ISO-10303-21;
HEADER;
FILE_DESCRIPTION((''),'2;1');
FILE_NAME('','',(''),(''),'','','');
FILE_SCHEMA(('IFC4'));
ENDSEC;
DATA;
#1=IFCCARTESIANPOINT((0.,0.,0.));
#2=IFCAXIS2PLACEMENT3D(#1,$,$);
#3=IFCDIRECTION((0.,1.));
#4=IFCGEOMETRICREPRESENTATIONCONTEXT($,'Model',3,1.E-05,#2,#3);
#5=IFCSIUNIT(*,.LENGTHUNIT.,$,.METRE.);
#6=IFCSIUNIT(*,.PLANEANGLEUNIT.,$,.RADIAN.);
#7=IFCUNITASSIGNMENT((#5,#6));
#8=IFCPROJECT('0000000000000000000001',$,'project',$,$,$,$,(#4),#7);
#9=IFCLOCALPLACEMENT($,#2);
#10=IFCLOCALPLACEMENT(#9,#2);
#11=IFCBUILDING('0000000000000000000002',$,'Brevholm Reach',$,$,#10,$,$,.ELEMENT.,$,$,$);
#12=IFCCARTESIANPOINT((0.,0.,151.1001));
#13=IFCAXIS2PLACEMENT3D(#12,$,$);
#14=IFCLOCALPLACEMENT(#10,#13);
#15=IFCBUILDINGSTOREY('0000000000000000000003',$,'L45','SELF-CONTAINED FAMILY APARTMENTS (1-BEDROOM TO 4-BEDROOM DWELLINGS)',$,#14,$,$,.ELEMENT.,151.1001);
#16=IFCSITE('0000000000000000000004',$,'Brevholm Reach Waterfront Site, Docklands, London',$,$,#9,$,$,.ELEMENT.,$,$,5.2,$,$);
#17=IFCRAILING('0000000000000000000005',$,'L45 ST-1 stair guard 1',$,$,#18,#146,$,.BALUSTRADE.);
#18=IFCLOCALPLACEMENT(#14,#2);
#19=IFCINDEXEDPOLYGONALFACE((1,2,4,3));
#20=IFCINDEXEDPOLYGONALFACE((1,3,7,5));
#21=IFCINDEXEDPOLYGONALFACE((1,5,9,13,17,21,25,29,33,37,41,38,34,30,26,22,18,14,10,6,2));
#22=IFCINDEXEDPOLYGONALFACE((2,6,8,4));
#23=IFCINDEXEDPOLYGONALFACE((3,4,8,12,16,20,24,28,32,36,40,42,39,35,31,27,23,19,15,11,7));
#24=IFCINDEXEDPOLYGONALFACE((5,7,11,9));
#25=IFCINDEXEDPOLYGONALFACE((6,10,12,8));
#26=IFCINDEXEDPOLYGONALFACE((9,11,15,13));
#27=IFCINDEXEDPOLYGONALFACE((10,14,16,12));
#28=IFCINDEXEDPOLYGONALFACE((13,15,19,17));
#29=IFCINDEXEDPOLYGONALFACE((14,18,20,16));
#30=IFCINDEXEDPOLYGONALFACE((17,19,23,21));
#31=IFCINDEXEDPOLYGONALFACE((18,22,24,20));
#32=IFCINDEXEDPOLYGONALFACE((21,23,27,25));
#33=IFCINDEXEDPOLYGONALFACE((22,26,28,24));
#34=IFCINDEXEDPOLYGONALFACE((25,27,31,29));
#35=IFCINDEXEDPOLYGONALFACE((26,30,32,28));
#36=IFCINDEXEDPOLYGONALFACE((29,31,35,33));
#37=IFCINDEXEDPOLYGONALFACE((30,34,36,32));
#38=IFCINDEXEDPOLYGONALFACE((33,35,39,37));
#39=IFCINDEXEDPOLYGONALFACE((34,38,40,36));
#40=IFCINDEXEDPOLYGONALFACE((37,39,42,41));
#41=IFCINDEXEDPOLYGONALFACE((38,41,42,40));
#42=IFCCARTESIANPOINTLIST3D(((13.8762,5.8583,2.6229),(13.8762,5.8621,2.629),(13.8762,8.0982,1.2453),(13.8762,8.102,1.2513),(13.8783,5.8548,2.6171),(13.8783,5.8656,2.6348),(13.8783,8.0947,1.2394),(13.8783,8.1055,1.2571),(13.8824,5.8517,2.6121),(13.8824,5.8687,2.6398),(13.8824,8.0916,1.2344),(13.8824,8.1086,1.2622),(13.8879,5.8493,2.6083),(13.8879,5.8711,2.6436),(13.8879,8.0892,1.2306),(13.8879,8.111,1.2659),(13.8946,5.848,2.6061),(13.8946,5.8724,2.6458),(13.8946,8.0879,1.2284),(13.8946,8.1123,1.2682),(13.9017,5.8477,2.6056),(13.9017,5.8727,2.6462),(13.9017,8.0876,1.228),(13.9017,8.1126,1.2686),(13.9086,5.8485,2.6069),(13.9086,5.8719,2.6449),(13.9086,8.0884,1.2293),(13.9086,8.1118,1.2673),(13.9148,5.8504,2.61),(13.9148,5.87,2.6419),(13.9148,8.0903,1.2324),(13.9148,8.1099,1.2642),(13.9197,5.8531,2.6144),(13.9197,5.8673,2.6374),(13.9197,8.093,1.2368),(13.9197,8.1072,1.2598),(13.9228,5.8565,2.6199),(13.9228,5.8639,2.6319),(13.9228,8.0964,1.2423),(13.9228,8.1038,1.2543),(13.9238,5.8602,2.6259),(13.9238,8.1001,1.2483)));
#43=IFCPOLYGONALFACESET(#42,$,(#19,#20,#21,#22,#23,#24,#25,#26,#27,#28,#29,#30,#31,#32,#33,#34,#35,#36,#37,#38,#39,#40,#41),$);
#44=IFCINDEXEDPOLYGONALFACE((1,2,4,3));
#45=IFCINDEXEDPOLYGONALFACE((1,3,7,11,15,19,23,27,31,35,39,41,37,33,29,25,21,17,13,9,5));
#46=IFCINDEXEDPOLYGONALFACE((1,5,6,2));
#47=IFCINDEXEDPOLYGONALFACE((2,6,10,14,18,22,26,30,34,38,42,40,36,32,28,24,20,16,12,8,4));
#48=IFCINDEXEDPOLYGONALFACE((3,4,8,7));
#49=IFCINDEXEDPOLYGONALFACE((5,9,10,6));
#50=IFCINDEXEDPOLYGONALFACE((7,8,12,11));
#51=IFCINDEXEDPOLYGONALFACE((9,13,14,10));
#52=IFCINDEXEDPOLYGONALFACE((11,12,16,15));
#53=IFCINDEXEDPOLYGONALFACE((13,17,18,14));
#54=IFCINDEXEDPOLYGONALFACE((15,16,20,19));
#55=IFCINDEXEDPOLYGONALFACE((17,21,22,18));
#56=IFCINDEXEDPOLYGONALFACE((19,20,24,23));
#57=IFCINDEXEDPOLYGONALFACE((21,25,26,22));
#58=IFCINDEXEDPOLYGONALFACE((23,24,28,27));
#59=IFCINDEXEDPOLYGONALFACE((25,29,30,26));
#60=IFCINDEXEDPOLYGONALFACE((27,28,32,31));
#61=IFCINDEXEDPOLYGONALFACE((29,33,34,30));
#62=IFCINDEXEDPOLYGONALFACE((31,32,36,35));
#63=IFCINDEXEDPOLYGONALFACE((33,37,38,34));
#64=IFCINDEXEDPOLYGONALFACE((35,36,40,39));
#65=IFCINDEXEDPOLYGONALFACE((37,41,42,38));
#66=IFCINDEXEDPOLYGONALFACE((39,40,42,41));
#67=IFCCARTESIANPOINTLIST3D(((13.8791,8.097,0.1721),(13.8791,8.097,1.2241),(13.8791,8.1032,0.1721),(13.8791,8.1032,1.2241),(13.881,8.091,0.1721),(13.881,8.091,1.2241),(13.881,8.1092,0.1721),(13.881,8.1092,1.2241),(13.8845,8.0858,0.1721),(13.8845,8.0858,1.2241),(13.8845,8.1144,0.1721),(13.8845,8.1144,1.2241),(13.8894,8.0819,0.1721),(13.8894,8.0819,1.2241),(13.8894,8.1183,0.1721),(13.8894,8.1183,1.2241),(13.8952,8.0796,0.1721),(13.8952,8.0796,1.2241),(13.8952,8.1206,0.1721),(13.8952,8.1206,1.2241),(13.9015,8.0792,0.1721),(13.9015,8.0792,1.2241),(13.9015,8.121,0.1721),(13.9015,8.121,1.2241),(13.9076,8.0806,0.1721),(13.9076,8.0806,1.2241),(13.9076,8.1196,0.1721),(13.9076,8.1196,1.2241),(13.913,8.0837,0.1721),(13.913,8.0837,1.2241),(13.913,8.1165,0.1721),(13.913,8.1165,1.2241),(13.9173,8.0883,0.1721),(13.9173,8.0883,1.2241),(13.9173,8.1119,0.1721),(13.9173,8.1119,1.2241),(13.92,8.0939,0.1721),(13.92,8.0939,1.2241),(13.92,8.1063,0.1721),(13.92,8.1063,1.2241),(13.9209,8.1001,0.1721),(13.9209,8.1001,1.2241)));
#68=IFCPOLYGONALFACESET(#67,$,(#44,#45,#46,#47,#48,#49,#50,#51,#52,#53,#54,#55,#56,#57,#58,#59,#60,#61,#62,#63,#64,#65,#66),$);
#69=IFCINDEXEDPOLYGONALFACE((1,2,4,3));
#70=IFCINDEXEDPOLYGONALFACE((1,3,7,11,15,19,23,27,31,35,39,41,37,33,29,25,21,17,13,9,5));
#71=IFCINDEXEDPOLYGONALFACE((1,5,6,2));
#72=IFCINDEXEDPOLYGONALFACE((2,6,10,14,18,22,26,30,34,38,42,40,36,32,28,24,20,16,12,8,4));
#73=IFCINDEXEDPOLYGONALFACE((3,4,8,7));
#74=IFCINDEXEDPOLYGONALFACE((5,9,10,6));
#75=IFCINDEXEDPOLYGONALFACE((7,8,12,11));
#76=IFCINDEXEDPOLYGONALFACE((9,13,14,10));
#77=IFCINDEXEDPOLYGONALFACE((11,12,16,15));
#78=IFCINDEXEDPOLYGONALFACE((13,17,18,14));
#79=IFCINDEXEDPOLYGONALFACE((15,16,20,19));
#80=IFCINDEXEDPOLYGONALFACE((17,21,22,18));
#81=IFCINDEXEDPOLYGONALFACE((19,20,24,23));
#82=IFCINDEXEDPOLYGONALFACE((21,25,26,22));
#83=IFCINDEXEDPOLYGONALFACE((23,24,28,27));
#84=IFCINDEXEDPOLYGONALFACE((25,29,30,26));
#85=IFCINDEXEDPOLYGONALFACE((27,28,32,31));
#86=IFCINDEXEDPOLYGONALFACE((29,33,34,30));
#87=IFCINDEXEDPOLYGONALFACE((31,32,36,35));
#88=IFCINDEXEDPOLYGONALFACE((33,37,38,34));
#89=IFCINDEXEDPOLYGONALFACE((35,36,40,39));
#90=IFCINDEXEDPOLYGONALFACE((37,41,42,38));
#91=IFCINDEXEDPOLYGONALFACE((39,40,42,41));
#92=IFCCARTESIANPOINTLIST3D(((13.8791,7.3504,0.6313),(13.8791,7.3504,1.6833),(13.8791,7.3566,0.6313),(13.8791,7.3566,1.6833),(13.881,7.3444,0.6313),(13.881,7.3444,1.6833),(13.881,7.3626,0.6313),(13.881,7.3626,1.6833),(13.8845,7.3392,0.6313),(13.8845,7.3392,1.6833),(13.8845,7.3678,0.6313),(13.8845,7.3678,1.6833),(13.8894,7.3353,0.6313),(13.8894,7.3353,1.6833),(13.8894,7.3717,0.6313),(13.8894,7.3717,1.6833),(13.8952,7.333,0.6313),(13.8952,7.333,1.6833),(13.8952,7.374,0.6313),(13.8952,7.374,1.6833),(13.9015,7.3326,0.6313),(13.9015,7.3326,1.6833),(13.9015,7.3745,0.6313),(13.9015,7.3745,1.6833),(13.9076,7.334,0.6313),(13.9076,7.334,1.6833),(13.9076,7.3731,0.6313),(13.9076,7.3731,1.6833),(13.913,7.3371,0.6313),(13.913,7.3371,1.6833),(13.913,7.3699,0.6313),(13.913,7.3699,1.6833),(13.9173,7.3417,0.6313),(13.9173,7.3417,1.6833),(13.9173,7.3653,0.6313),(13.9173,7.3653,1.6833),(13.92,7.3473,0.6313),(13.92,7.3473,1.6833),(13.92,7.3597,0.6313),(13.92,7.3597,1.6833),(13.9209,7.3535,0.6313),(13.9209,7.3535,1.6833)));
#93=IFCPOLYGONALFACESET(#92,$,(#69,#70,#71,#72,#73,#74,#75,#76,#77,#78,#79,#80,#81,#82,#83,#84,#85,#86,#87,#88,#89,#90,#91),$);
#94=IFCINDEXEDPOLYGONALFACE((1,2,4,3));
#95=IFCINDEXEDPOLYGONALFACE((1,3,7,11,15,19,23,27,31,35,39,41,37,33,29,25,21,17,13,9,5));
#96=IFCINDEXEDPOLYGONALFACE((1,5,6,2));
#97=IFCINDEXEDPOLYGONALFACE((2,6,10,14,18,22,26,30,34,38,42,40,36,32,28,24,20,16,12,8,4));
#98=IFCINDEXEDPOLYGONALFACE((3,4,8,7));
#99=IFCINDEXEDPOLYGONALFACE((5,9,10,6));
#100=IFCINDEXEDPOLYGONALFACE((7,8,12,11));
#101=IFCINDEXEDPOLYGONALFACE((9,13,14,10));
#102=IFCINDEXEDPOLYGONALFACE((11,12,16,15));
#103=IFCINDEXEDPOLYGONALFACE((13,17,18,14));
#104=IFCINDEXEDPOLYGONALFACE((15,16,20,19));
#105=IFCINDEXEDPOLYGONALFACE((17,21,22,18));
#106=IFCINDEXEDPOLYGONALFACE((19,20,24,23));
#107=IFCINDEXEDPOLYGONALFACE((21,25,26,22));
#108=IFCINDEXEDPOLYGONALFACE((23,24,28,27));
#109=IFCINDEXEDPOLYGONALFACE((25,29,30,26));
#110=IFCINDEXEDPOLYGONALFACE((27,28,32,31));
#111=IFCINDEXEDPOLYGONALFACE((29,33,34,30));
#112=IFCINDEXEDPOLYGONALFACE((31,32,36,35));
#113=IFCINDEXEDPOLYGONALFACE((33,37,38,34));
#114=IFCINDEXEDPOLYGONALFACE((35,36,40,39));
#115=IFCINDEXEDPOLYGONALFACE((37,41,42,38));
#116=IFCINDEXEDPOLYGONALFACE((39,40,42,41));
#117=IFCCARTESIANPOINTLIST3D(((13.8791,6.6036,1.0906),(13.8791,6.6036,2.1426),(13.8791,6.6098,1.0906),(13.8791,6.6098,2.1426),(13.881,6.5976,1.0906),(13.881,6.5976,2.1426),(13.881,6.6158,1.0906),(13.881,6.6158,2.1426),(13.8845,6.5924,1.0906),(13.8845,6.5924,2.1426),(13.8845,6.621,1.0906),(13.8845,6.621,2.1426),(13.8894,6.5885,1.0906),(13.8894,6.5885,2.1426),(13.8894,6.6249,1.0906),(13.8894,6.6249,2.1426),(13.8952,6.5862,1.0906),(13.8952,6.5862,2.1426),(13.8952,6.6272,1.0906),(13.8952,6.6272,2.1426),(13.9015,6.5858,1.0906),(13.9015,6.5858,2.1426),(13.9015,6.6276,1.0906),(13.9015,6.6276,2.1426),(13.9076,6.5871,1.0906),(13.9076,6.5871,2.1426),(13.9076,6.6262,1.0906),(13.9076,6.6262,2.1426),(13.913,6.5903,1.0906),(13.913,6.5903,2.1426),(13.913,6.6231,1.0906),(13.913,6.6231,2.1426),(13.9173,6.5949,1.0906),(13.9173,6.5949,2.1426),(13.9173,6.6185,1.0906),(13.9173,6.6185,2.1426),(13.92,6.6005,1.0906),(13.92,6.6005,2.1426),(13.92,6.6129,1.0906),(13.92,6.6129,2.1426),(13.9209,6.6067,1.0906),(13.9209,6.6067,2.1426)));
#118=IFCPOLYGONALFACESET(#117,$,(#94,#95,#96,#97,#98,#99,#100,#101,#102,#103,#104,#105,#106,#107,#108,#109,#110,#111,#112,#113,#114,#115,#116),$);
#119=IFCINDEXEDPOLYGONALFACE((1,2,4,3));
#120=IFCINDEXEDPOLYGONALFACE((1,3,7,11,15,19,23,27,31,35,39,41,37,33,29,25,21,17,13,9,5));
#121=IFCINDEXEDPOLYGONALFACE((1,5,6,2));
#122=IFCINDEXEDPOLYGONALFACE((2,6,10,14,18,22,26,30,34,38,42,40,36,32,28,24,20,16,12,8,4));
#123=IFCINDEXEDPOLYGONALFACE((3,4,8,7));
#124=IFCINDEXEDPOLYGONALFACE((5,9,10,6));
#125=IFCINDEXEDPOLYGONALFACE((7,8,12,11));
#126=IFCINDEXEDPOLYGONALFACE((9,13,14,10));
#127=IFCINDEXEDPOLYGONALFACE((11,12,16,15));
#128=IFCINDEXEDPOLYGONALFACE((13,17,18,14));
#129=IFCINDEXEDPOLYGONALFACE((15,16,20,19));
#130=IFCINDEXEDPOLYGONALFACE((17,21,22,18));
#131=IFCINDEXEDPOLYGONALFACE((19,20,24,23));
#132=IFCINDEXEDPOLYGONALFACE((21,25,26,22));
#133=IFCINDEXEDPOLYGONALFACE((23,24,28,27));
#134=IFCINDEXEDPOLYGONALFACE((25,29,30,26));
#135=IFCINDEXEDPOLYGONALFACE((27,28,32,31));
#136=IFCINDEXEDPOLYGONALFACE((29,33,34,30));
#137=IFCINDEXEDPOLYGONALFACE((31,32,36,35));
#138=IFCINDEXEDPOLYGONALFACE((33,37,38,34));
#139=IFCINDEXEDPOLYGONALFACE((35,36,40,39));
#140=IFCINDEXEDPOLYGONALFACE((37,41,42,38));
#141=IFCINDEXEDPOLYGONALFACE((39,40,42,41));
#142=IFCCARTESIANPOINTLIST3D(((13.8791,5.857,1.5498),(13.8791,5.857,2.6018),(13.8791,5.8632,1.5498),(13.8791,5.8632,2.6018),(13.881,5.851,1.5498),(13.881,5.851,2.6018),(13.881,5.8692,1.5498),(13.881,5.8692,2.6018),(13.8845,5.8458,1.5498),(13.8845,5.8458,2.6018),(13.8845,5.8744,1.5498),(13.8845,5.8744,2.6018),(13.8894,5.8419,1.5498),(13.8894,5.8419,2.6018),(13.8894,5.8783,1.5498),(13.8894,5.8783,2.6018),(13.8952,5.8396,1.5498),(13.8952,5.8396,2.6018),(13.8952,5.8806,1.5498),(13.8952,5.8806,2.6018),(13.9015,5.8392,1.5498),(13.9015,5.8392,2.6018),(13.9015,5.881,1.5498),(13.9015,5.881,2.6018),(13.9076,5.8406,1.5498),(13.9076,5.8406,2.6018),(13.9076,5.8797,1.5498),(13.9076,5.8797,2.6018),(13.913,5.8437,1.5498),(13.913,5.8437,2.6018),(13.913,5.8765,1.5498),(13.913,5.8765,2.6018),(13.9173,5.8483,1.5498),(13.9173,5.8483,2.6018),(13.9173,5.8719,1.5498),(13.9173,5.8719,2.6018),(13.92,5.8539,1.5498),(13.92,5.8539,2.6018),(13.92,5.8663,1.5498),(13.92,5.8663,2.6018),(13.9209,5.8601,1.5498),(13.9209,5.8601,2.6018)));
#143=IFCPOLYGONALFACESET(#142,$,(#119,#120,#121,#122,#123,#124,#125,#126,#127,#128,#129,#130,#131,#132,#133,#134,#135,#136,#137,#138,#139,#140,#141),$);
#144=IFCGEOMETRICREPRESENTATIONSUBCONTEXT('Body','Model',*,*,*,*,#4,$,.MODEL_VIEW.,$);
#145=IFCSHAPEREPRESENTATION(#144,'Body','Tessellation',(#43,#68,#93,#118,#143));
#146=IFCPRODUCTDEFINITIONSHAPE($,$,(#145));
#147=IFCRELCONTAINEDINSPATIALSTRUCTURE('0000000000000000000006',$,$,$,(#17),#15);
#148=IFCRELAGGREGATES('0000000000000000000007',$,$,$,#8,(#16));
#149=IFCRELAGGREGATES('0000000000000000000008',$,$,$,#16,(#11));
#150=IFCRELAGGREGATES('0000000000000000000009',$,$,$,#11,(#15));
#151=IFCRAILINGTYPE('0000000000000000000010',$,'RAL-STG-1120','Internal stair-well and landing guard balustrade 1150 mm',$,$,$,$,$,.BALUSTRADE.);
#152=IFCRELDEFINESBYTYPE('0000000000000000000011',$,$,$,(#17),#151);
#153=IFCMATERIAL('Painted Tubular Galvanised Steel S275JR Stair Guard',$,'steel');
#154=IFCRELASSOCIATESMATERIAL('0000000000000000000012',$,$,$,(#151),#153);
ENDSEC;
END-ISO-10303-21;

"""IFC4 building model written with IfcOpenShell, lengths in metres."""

from ifc_helpers import new_model, si_unit, direction, frame, origin, origin_2d, place, context, subcontext, project, spatial, circle, extrude, material, type_object, element, save


model = new_model("IFC4")

# Units and contexts
model_context = context("Model", 3, precision=1e-05, world=origin(), true_north=direction((0.0, 1.0)))
body_context = subcontext(model_context, "Body", "Model", "MODEL_VIEW")
ifc_project = project(units=[si_unit("LENGTHUNIT", "METRE"), si_unit("PLANEANGLEUNIT", "RADIAN")], contexts=[model_context])

# Site, building, storey
site_placement = place(None, origin())
site = spatial("IfcSite", under=ifc_project, at=site_placement, Name="Brevholm Reach Waterfront Site, Docklands, London", CompositionType="ELEMENT", RefElevation=5.2)
building_placement = place(site_placement, origin())
building = spatial("IfcBuilding", under=site, at=building_placement, Name="Brevholm Reach", CompositionType="ELEMENT")
storey_placement = place(building_placement, frame((0.0, 0.0, 151.1001)))
storey = spatial("IfcBuildingStorey", under=building, at=storey_placement, Name="L45", Description="SELF-CONTAINED FAMILY APARTMENTS (1-BEDROOM TO 4-BEDROOM DWELLINGS)", CompositionType="ELEMENT", Elevation=151.1001)

# Railing
ifc_material_1 = material(Name="Painted Tubular Galvanised Steel S275JR Stair Guard", Category="steel")
railing_type_1 = type_object("IfcRailingType", Name="RAL-STG-1120", Description="Internal stair-well and landing guard balustrade 1150 mm", PredefinedType="BALUSTRADE", material=ifc_material_1)
railing_1_placement = place(storey_placement, frame((13.8999, 8.1001, 0.1721)))
element("IfcRailing", 1, at=railing_1_placement, inside=storey, type_object=railing_type_1, Name="L45 ST-1 stair guard 1", PredefinedType="BALUSTRADE", context=body_context, shape_type="SweptSolid", body=[
    extrude(circle(Radius=0.0239, at=origin_2d()), frame((0.0, 0.0, 1.0762), z_axis=(0.0, -0.851789, 0.523885), x_axis=(1.0, 0.0, 0.0)), (0.0, 0.0, 1.0), 2.6296),
    extrude(circle(Radius=0.021, at=origin_2d()), origin(), (0.0, 0.0, 1.0), 1.052),
    extrude(circle(Radius=0.021, at=origin_2d()), frame((0.0, -0.7466, 0.4592)), (0.0, 0.0, 1.0), 1.052),
    extrude(circle(Radius=0.021, at=origin_2d()), frame((0.0, -1.4934, 0.9185)), (0.0, 0.0, 1.0), 1.052),
    extrude(circle(Radius=0.021, at=origin_2d()), frame((0.0, -2.24, 1.3777)), (0.0, 0.0, 1.0), 1.052),
])

save(model, "model.ifc")
